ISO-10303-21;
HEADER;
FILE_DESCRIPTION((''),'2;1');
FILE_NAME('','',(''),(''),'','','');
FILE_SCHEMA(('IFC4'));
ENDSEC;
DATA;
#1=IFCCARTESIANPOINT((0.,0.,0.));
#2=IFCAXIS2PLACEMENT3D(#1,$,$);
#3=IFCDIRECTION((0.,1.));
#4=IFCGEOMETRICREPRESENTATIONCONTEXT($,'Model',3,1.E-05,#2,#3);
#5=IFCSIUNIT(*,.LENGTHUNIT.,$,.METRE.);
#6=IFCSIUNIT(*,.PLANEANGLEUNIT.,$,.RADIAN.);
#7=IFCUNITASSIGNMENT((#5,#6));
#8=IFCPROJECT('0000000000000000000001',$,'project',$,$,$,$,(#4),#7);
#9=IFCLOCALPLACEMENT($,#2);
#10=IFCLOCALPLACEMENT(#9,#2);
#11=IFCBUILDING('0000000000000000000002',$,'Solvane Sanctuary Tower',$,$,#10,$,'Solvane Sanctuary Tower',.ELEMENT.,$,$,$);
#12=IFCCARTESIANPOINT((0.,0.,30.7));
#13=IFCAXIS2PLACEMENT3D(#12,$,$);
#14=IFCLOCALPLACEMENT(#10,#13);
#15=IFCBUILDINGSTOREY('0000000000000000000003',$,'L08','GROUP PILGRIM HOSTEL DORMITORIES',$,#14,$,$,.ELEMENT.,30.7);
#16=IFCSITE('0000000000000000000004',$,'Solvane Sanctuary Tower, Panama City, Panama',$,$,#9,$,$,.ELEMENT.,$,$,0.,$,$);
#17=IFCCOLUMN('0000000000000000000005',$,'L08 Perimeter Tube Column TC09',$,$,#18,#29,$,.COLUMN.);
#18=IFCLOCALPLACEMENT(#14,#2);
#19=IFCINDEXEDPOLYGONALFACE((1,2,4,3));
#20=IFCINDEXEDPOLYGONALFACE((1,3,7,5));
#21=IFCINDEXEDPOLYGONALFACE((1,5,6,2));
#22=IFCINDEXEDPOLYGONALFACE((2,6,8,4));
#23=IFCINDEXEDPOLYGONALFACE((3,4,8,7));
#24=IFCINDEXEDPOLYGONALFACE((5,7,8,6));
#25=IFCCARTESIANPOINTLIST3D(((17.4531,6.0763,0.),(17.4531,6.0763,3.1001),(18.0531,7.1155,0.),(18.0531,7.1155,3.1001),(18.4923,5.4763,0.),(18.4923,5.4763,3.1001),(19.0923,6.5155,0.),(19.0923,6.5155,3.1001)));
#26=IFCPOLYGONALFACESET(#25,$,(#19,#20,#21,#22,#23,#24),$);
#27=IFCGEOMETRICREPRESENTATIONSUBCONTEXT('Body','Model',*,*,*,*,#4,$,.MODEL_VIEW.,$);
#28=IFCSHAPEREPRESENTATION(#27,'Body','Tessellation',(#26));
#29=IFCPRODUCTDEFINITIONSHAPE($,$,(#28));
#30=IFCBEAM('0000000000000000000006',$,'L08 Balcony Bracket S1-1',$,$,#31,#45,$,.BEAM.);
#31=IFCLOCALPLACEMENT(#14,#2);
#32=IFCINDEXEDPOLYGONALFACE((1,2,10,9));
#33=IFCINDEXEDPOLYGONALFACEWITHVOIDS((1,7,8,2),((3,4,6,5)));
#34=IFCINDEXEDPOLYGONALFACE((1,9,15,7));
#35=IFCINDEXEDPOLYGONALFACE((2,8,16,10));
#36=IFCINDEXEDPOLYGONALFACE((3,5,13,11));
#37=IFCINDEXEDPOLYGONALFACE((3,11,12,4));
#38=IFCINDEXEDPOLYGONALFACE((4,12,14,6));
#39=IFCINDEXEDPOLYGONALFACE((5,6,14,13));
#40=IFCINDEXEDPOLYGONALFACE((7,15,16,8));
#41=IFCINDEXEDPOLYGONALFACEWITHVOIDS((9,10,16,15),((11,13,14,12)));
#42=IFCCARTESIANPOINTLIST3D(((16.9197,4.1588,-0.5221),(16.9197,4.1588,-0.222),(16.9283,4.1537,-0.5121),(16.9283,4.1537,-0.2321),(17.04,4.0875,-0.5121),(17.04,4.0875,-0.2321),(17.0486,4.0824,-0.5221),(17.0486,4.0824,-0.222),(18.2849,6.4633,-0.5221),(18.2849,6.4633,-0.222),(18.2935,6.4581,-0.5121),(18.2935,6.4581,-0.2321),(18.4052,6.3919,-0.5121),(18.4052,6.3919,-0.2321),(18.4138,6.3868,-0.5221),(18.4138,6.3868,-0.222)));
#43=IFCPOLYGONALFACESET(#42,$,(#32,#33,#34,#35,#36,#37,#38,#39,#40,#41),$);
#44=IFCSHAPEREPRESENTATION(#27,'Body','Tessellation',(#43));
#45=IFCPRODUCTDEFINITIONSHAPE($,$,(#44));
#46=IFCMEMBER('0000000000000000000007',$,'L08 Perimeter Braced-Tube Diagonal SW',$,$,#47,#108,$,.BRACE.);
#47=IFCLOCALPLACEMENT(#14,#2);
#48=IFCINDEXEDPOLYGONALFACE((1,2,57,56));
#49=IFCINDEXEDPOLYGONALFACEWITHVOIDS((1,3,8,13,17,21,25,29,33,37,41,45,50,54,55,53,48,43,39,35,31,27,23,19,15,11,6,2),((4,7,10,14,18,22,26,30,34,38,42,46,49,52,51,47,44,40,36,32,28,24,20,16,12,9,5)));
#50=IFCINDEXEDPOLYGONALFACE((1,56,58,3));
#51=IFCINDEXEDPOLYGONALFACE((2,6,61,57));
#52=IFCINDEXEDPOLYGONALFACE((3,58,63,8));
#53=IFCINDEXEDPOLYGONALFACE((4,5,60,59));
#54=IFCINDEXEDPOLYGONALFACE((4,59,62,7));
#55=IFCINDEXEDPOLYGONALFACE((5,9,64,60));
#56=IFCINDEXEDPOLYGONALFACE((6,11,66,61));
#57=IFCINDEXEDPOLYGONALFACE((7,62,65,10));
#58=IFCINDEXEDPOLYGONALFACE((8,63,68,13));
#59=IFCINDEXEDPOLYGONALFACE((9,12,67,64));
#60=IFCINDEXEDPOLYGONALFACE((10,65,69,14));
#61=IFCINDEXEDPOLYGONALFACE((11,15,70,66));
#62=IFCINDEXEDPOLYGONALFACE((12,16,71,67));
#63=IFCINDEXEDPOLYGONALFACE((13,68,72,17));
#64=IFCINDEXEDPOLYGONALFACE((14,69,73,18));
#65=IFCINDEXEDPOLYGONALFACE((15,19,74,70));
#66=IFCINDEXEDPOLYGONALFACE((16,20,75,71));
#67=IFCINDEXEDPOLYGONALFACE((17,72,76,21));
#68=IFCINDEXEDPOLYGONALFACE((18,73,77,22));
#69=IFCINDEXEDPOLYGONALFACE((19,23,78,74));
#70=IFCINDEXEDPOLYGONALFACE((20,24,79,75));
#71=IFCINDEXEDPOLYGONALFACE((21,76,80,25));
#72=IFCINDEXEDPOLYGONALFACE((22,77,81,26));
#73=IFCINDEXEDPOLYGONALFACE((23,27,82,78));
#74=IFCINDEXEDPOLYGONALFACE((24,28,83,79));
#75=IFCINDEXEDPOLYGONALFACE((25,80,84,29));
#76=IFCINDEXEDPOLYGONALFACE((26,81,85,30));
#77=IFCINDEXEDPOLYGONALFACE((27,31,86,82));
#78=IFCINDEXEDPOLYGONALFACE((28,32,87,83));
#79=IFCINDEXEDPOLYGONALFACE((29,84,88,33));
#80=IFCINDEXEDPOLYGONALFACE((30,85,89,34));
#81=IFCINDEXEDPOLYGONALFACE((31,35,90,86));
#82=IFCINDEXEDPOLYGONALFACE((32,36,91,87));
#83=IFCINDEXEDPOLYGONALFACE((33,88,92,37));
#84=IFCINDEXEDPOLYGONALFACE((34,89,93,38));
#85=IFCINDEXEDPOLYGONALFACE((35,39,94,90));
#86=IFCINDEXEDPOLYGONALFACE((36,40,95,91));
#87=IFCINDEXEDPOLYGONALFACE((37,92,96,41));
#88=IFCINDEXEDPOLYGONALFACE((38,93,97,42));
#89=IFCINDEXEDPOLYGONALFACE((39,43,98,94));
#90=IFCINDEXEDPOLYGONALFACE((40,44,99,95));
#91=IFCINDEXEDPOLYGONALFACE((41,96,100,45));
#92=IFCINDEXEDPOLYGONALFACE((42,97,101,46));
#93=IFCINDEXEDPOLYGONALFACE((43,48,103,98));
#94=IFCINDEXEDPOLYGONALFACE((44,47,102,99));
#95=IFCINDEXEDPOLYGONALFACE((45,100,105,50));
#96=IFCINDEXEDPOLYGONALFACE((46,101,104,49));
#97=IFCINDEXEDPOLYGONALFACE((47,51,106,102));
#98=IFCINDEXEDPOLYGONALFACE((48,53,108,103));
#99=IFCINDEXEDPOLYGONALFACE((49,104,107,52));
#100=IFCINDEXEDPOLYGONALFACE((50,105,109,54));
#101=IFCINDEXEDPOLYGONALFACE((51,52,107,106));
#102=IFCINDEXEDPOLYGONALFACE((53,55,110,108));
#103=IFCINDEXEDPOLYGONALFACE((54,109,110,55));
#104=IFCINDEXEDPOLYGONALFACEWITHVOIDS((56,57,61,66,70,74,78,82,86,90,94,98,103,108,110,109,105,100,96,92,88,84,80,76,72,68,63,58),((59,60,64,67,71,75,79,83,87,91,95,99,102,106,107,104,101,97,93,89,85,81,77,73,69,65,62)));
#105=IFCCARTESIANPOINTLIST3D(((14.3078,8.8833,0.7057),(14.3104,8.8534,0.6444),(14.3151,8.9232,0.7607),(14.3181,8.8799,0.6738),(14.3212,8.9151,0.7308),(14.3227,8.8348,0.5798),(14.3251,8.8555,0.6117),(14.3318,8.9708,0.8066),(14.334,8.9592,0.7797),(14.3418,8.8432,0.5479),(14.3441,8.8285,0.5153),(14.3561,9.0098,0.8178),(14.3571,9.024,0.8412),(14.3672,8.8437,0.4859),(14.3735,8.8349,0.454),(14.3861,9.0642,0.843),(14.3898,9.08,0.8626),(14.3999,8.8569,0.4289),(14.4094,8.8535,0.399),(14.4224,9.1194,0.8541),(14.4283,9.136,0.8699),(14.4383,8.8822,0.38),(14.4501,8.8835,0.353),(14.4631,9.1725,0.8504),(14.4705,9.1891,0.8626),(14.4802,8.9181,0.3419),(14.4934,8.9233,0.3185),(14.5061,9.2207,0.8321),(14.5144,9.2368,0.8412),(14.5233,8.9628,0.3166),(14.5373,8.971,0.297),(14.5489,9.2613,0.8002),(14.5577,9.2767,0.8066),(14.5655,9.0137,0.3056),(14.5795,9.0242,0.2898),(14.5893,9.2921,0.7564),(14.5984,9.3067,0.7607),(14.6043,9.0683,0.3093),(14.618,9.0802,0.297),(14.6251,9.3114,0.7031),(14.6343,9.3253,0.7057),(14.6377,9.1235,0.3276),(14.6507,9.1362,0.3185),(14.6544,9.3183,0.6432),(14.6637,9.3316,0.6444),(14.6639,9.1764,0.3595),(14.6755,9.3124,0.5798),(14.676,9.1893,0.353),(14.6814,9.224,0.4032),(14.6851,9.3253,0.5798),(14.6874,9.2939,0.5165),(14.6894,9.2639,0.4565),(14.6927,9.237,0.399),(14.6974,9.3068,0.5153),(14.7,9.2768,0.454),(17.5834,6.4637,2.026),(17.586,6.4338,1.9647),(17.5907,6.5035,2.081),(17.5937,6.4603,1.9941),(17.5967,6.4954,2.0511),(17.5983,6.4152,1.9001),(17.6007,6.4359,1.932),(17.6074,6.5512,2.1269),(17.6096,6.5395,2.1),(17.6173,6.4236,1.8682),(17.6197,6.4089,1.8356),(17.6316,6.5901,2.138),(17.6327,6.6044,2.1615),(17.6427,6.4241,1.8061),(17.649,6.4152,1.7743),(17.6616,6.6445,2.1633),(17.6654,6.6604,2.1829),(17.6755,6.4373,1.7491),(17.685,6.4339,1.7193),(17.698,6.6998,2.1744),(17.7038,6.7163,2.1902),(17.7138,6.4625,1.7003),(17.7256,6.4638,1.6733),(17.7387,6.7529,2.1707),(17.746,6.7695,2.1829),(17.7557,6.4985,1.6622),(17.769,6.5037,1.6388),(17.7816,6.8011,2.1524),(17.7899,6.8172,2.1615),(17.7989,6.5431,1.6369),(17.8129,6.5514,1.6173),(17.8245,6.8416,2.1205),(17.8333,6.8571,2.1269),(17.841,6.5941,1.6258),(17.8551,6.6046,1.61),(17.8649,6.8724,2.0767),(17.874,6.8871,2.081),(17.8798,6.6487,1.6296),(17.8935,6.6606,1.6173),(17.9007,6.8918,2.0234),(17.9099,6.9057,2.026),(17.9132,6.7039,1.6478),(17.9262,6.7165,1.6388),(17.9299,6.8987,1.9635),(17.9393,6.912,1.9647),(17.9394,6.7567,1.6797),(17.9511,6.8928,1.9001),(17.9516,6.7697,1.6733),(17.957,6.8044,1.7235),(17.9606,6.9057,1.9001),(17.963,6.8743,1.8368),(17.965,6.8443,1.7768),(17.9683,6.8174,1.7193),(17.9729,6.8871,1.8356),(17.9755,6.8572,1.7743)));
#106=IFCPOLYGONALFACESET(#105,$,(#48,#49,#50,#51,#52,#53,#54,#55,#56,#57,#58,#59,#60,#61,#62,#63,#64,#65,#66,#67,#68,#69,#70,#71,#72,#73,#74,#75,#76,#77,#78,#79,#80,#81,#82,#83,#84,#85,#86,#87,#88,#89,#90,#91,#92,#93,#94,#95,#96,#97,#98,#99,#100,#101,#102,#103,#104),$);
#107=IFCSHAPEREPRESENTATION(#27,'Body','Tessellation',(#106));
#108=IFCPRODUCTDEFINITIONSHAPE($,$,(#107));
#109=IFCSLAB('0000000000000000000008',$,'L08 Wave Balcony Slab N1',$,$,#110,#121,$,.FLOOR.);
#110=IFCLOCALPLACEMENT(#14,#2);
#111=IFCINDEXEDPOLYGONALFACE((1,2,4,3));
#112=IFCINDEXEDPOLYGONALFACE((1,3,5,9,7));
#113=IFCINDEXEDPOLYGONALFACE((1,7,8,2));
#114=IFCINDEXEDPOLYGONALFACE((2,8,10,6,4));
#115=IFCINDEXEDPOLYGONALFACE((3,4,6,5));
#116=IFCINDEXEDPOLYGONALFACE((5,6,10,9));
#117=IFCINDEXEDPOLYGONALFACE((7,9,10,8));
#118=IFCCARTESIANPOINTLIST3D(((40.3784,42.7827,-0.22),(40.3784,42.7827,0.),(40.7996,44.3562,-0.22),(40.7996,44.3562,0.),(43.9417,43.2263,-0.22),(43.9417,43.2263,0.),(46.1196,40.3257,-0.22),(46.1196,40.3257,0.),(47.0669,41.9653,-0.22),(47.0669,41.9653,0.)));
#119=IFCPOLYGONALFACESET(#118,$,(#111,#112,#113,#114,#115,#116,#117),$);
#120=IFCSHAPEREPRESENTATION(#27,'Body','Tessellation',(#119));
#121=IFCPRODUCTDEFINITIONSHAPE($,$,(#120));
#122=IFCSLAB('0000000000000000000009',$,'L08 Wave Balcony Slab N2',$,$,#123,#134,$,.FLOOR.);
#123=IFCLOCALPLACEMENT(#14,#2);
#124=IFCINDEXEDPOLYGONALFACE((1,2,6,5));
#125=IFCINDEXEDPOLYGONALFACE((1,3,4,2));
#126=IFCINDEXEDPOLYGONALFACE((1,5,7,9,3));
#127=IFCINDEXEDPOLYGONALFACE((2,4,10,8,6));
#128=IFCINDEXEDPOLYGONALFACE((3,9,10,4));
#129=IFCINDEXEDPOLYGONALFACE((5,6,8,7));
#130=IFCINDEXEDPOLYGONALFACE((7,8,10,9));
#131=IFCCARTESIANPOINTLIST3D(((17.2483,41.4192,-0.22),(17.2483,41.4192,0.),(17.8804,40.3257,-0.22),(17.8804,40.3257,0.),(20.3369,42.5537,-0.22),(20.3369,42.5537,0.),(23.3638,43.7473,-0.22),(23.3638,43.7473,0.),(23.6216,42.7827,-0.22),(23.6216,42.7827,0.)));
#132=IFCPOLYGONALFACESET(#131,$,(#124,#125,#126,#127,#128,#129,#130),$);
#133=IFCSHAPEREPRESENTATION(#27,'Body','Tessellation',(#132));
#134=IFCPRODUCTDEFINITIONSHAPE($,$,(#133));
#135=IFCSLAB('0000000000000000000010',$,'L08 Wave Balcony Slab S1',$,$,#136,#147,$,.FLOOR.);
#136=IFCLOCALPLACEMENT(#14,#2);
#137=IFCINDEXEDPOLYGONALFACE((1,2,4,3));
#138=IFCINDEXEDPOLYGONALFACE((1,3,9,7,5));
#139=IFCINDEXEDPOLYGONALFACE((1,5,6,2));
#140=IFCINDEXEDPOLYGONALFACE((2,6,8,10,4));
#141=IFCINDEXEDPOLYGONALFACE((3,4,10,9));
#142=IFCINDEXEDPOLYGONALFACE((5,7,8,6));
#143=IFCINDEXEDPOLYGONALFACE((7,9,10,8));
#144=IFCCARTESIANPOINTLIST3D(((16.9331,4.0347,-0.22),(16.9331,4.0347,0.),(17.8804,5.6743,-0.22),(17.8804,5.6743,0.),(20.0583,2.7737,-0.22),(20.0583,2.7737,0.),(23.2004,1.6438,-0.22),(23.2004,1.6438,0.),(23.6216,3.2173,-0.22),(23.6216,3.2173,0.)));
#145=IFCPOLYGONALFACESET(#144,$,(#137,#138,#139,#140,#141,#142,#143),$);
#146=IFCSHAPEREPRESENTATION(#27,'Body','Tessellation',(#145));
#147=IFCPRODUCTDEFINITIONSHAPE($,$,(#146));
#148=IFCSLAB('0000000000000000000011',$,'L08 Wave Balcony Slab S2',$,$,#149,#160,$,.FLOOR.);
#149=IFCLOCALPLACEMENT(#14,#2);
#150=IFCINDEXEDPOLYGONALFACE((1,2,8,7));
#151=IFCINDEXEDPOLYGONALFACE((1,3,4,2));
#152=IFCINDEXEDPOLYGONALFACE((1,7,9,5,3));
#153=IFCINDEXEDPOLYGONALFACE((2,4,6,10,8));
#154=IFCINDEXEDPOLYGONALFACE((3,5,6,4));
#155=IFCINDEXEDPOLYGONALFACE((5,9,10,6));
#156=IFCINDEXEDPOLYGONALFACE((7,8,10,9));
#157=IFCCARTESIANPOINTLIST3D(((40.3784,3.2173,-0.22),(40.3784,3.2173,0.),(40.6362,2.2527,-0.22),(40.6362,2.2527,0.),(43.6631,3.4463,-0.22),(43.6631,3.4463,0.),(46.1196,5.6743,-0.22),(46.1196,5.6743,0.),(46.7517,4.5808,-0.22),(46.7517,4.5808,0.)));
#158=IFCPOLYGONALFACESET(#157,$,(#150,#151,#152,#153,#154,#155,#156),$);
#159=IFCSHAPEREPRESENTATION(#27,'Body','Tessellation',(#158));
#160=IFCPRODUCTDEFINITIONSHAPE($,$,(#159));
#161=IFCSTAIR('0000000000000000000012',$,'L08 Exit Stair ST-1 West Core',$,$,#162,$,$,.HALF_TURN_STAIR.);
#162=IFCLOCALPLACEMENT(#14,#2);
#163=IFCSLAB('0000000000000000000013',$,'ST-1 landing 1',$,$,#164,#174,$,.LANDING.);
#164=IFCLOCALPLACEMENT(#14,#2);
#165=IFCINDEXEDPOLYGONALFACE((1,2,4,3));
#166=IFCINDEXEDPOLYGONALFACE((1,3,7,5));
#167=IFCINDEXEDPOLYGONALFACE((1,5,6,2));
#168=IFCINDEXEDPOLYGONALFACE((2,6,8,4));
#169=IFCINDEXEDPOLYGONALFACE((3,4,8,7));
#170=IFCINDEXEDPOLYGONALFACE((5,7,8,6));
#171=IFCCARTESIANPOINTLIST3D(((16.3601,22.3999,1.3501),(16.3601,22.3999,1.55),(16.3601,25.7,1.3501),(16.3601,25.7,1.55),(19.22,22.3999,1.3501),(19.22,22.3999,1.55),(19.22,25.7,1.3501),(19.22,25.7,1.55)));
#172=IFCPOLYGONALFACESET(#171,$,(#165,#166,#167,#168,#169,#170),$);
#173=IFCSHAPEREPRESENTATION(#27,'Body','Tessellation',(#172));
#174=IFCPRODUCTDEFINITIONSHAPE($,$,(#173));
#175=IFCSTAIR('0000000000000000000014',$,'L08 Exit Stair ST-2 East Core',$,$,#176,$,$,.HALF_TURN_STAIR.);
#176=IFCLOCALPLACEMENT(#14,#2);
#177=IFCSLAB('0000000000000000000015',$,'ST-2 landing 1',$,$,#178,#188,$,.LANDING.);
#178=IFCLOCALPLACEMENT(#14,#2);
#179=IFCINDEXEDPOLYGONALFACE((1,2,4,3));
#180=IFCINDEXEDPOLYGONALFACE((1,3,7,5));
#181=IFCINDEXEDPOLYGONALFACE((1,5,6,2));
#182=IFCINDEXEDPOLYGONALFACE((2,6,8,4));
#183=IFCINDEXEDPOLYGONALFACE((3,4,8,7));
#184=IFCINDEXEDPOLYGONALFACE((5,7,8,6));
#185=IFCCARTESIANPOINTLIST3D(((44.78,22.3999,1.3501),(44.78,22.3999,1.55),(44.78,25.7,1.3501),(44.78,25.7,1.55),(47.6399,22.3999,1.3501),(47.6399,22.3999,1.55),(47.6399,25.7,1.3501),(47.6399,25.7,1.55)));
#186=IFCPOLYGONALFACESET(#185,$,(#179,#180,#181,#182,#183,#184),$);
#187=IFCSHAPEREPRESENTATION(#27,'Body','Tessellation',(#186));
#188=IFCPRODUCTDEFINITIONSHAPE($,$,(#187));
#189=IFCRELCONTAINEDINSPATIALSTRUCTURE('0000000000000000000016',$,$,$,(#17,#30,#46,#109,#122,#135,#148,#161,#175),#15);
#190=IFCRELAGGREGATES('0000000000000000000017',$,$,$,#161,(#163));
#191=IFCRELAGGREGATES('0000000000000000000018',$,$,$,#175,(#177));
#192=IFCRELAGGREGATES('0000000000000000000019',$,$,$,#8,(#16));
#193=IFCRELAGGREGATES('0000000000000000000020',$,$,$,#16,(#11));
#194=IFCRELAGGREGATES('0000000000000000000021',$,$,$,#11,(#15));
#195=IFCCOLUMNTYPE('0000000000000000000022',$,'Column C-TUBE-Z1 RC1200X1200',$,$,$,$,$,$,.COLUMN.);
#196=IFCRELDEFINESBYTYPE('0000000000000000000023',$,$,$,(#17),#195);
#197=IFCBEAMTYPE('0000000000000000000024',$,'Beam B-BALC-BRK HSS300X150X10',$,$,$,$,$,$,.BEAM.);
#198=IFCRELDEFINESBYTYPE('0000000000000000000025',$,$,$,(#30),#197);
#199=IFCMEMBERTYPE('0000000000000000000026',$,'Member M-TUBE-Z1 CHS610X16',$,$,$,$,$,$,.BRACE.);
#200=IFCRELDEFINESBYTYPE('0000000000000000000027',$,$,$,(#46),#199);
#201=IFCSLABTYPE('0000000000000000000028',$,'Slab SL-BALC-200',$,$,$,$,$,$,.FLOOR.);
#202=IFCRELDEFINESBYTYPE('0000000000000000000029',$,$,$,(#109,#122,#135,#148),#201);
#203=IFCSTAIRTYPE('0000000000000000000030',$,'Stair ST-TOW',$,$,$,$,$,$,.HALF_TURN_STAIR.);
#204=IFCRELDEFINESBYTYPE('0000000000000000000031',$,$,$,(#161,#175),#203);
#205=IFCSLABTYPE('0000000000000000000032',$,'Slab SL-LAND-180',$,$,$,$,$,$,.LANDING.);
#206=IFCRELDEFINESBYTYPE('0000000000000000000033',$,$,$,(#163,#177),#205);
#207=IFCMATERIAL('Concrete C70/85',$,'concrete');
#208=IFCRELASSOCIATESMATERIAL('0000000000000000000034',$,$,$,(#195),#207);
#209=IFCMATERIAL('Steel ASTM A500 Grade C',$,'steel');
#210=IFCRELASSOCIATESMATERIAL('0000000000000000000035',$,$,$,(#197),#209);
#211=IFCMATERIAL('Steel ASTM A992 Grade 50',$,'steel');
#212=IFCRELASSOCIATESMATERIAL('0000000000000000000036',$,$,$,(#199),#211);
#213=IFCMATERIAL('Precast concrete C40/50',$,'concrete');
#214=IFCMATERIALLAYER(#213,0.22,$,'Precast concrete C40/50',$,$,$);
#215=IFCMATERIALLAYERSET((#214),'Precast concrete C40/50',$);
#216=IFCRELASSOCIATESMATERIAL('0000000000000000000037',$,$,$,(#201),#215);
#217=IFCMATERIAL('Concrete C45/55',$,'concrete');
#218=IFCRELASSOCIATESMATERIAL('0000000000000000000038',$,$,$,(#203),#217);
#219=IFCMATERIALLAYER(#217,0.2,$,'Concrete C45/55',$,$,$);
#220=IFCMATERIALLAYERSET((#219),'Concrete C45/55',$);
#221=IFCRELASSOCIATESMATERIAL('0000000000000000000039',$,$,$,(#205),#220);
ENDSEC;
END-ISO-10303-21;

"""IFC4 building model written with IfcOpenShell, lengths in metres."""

from ifc_helpers import new_model, si_unit, direction, frame, origin, origin_2d, place, context, subcontext, project, spatial, polyline, rectangle, hollow_rectangle, hollow_circle, outline, extrude, material, layer, layer_set, material_profile, profile_set, type_object, element, aggregate, save


model = new_model("IFC4")

# Units and contexts
model_context = context("Model", 3, precision=1e-05, world=origin(), true_north=direction((0.0, 1.0)))
body_context = subcontext(model_context, "Body", "Model", "MODEL_VIEW")
ifc_project = project(units=[si_unit("LENGTHUNIT", "METRE"), si_unit("PLANEANGLEUNIT", "RADIAN")], contexts=[model_context])

# Site, building, storey
site_placement = place(None, origin())
site = spatial("IfcSite", under=ifc_project, at=site_placement, Name="Solvane Sanctuary Tower, Panama City, Panama", CompositionType="ELEMENT", RefElevation=0.0)
building_placement = place(site_placement, origin())
building = spatial("IfcBuilding", under=site, at=building_placement, Name="Solvane Sanctuary Tower", LongName="Solvane Sanctuary Tower", CompositionType="ELEMENT")
storey_placement = place(building_placement, frame((0.0, 0.0, 30.7)))
storey = spatial("IfcBuildingStorey", under=building, at=storey_placement, Name="L08", Description="GROUP PILGRIM HOSTEL DORMITORIES", CompositionType="ELEMENT", Elevation=30.7)

# Column
ifc_material_1 = material(Name="Concrete C70/85", Category="concrete")
ifc_material_profile_1 = material_profile(ifc_material_1, rectangle(XDim=1.2, YDim=1.2, at=origin_2d()), Name="RC1200X1200")
ifc_profile_set_1 = profile_set([ifc_material_profile_1], Name="Concrete C70/85")
column_type = type_object("IfcColumnType", Name="Column C-TUBE-Z1 RC1200X1200", PredefinedType="COLUMN", material=ifc_profile_set_1)
column_placement = place(storey_placement, frame((18.2727, 6.2959, 0.0), z_axis=(0.0, 0.0, 1.0), x_axis=(-0.5, -0.866025, 0.0)))
element("IfcColumn", 1, at=column_placement, inside=storey, type_object=column_type, Name="L08 Perimeter Tube Column TC09", PredefinedType="COLUMN", context=body_context, shape_type="SweptSolid", body=[
    extrude(rectangle(XDim=1.2, YDim=1.2, at=origin_2d()), origin(), (0.0, 0.0, 1.0), 3.1001),
])

# Beam
ifc_material_2 = material(Name="Steel ASTM A500 Grade C", Category="steel")
ifc_material_profile_2 = material_profile(ifc_material_2, hollow_rectangle(XDim=0.1499, YDim=0.3, WallThickness=0.01, at=origin_2d()), Name="HSS300X150X10")
ifc_profile_set_2 = profile_set([ifc_material_profile_2], Name="Steel ASTM A500 Grade C")
beam_type = type_object("IfcBeamType", Name="Beam B-BALC-BRK HSS300X150X10", PredefinedType="BEAM", material=ifc_profile_set_2)
beam_placement = place(storey_placement, frame((18.3494, 6.425, -0.3721), z_axis=(-0.509702, -0.860351, 0.0), x_axis=(0.860351, -0.509702, 0.0)))
element("IfcBeam", 2, at=beam_placement, inside=storey, type_object=beam_type, Name="L08 Balcony Bracket S1-1", PredefinedType="BEAM", context=body_context, shape_type="SweptSolid", body=[
    extrude(hollow_rectangle(XDim=0.1499, YDim=0.3, WallThickness=0.01, at=origin_2d()), origin(), (0.0, 0.0, 1.0), 2.6785),
])

# Member
ifc_material_3 = material(Name="Steel ASTM A992 Grade 50", Category="steel")
ifc_material_profile_3 = material_profile(ifc_material_3, hollow_circle(Radius=0.3049, WallThickness=0.0161, at=origin_2d()), Name="CHS610X16")
ifc_profile_set_3 = profile_set([ifc_material_profile_3], Name="Steel ASTM A992 Grade 50")
member_type = type_object("IfcMemberType", Name="Member M-TUBE-Z1 CHS610X16", PredefinedType="BRACE", material=ifc_profile_set_3)
member_placement = place(storey_placement, frame((14.5039, 9.0801, 0.5798), z_axis=(0.765138, -0.5652, 0.308405), x_axis=(0.594162, 0.804346, 0.0)))
element("IfcMember", 3, at=member_placement, inside=storey, type_object=member_type, Name="L08 Perimeter Braced-Tube Diagonal SW", PredefinedType="BRACE", context=body_context, shape_type="SweptSolid", body=[
    extrude(hollow_circle(Radius=0.3049, WallThickness=0.0161, at=origin_2d()), origin(), (0.0, 0.0, 1.0), 4.281),
])

# Slabs
ifc_material_4 = material(Name="Precast concrete C40/50", Category="concrete")
ifc_layer_1 = layer(ifc_material_4, 0.22, Name="Precast concrete C40/50")
ifc_layer_set_1 = layer_set([ifc_layer_1], Name="Precast concrete C40/50")
slab_type_1 = type_object("IfcSlabType", Name="Slab SL-BALC-200", PredefinedType="FLOOR", material=ifc_layer_set_1)
slab_1_placement = place(storey_placement, frame((0.0, 0.0, -0.22)))
element("IfcSlab", 4, at=slab_1_placement, inside=storey, type_object=slab_type_1, Name="L08 Wave Balcony Slab N1", PredefinedType="FLOOR", context=body_context, shape_type="SweptSolid", body=[
    extrude(outline(polyline([(47.0669, 41.9653), (43.9417, 43.2263), (40.7996, 44.3562), (40.3784, 42.7827), (46.1196, 40.3257), (47.0669, 41.9653)])), origin(), (0.0, 0.0, 1.0), 0.22),
])
slab_2_placement = place(storey_placement, frame((0.0, 0.0, -0.22)))
element("IfcSlab", 5, at=slab_2_placement, inside=storey, type_object=slab_type_1, Name="L08 Wave Balcony Slab N2", PredefinedType="FLOOR", context=body_context, shape_type="SweptSolid", body=[
    extrude(outline(polyline([(23.3638, 43.7473), (20.3369, 42.5537), (17.2483, 41.4192), (17.8804, 40.3257), (23.6216, 42.7827), (23.3638, 43.7473)])), origin(), (0.0, 0.0, 1.0), 0.22),
])
slab_3_placement = place(storey_placement, frame((0.0, 0.0, -0.22)))
element("IfcSlab", 6, at=slab_3_placement, inside=storey, type_object=slab_type_1, Name="L08 Wave Balcony Slab S1", PredefinedType="FLOOR", context=body_context, shape_type="SweptSolid", body=[
    extrude(outline(polyline([(16.9331, 4.0347), (20.0583, 2.7737), (23.2004, 1.6438), (23.6216, 3.2173), (17.8804, 5.6743), (16.9331, 4.0347)])), origin(), (0.0, 0.0, 1.0), 0.22),
])
slab_4_placement = place(storey_placement, frame((0.0, 0.0, -0.22)))
element("IfcSlab", 7, at=slab_4_placement, inside=storey, type_object=slab_type_1, Name="L08 Wave Balcony Slab S2", PredefinedType="FLOOR", context=body_context, shape_type="SweptSolid", body=[
    extrude(outline(polyline([(40.6362, 2.2527), (43.6631, 3.4463), (46.7517, 4.5808), (46.1196, 5.6743), (40.3784, 3.2173), (40.6362, 2.2527)])), origin(), (0.0, 0.0, 1.0), 0.22),
])

# Stairs, slabs
ifc_material_5 = material(Name="Concrete C45/55", Category="concrete")
stair_type = type_object("IfcStairType", Name="Stair ST-TOW", PredefinedType="HALF_TURN_STAIR", material=ifc_material_5)
stair_1_placement = place(storey_placement, origin())
stair_1 = element("IfcStair", 8, at=stair_1_placement, inside=storey, type_object=stair_type, Name="L08 Exit Stair ST-1 West Core", PredefinedType="HALF_TURN_STAIR")
ifc_layer_2 = layer(ifc_material_5, 0.2, Name="Concrete C45/55")
ifc_layer_set_2 = layer_set([ifc_layer_2], Name="Concrete C45/55")
slab_type_2 = type_object("IfcSlabType", Name="Slab SL-LAND-180", PredefinedType="LANDING", material=ifc_layer_set_2)
slab_5_placement = place(storey_placement, frame((0.0, 0.0, 1.3501)))
slab_5 = element("IfcSlab", 9, at=slab_5_placement, type_object=slab_type_2, Name="ST-1 landing 1", PredefinedType="LANDING", context=body_context, shape_type="SweptSolid", body=[
    extrude(outline(polyline([(19.22, 22.3999), (19.22, 25.7), (16.3601, 25.7), (16.3601, 22.3999), (19.22, 22.3999)])), origin(), (0.0, 0.0, 1.0), 0.2),
])
aggregate(stair_1, [slab_5])
stair_2_placement = place(storey_placement, origin())
stair_2 = element("IfcStair", 10, at=stair_2_placement, inside=storey, type_object=stair_type, Name="L08 Exit Stair ST-2 East Core", PredefinedType="HALF_TURN_STAIR")
slab_6_placement = place(storey_placement, frame((0.0, 0.0, 1.3501)))
slab_6 = element("IfcSlab", 11, at=slab_6_placement, type_object=slab_type_2, Name="ST-2 landing 1", PredefinedType="LANDING", context=body_context, shape_type="SweptSolid", body=[
    extrude(outline(polyline([(47.6399, 22.3999), (47.6399, 25.7), (44.78, 25.7), (44.78, 22.3999), (47.6399, 22.3999)])), origin(), (0.0, 0.0, 1.0), 0.2),
])
aggregate(stair_2, [slab_6])

save(model, "model.ifc")
